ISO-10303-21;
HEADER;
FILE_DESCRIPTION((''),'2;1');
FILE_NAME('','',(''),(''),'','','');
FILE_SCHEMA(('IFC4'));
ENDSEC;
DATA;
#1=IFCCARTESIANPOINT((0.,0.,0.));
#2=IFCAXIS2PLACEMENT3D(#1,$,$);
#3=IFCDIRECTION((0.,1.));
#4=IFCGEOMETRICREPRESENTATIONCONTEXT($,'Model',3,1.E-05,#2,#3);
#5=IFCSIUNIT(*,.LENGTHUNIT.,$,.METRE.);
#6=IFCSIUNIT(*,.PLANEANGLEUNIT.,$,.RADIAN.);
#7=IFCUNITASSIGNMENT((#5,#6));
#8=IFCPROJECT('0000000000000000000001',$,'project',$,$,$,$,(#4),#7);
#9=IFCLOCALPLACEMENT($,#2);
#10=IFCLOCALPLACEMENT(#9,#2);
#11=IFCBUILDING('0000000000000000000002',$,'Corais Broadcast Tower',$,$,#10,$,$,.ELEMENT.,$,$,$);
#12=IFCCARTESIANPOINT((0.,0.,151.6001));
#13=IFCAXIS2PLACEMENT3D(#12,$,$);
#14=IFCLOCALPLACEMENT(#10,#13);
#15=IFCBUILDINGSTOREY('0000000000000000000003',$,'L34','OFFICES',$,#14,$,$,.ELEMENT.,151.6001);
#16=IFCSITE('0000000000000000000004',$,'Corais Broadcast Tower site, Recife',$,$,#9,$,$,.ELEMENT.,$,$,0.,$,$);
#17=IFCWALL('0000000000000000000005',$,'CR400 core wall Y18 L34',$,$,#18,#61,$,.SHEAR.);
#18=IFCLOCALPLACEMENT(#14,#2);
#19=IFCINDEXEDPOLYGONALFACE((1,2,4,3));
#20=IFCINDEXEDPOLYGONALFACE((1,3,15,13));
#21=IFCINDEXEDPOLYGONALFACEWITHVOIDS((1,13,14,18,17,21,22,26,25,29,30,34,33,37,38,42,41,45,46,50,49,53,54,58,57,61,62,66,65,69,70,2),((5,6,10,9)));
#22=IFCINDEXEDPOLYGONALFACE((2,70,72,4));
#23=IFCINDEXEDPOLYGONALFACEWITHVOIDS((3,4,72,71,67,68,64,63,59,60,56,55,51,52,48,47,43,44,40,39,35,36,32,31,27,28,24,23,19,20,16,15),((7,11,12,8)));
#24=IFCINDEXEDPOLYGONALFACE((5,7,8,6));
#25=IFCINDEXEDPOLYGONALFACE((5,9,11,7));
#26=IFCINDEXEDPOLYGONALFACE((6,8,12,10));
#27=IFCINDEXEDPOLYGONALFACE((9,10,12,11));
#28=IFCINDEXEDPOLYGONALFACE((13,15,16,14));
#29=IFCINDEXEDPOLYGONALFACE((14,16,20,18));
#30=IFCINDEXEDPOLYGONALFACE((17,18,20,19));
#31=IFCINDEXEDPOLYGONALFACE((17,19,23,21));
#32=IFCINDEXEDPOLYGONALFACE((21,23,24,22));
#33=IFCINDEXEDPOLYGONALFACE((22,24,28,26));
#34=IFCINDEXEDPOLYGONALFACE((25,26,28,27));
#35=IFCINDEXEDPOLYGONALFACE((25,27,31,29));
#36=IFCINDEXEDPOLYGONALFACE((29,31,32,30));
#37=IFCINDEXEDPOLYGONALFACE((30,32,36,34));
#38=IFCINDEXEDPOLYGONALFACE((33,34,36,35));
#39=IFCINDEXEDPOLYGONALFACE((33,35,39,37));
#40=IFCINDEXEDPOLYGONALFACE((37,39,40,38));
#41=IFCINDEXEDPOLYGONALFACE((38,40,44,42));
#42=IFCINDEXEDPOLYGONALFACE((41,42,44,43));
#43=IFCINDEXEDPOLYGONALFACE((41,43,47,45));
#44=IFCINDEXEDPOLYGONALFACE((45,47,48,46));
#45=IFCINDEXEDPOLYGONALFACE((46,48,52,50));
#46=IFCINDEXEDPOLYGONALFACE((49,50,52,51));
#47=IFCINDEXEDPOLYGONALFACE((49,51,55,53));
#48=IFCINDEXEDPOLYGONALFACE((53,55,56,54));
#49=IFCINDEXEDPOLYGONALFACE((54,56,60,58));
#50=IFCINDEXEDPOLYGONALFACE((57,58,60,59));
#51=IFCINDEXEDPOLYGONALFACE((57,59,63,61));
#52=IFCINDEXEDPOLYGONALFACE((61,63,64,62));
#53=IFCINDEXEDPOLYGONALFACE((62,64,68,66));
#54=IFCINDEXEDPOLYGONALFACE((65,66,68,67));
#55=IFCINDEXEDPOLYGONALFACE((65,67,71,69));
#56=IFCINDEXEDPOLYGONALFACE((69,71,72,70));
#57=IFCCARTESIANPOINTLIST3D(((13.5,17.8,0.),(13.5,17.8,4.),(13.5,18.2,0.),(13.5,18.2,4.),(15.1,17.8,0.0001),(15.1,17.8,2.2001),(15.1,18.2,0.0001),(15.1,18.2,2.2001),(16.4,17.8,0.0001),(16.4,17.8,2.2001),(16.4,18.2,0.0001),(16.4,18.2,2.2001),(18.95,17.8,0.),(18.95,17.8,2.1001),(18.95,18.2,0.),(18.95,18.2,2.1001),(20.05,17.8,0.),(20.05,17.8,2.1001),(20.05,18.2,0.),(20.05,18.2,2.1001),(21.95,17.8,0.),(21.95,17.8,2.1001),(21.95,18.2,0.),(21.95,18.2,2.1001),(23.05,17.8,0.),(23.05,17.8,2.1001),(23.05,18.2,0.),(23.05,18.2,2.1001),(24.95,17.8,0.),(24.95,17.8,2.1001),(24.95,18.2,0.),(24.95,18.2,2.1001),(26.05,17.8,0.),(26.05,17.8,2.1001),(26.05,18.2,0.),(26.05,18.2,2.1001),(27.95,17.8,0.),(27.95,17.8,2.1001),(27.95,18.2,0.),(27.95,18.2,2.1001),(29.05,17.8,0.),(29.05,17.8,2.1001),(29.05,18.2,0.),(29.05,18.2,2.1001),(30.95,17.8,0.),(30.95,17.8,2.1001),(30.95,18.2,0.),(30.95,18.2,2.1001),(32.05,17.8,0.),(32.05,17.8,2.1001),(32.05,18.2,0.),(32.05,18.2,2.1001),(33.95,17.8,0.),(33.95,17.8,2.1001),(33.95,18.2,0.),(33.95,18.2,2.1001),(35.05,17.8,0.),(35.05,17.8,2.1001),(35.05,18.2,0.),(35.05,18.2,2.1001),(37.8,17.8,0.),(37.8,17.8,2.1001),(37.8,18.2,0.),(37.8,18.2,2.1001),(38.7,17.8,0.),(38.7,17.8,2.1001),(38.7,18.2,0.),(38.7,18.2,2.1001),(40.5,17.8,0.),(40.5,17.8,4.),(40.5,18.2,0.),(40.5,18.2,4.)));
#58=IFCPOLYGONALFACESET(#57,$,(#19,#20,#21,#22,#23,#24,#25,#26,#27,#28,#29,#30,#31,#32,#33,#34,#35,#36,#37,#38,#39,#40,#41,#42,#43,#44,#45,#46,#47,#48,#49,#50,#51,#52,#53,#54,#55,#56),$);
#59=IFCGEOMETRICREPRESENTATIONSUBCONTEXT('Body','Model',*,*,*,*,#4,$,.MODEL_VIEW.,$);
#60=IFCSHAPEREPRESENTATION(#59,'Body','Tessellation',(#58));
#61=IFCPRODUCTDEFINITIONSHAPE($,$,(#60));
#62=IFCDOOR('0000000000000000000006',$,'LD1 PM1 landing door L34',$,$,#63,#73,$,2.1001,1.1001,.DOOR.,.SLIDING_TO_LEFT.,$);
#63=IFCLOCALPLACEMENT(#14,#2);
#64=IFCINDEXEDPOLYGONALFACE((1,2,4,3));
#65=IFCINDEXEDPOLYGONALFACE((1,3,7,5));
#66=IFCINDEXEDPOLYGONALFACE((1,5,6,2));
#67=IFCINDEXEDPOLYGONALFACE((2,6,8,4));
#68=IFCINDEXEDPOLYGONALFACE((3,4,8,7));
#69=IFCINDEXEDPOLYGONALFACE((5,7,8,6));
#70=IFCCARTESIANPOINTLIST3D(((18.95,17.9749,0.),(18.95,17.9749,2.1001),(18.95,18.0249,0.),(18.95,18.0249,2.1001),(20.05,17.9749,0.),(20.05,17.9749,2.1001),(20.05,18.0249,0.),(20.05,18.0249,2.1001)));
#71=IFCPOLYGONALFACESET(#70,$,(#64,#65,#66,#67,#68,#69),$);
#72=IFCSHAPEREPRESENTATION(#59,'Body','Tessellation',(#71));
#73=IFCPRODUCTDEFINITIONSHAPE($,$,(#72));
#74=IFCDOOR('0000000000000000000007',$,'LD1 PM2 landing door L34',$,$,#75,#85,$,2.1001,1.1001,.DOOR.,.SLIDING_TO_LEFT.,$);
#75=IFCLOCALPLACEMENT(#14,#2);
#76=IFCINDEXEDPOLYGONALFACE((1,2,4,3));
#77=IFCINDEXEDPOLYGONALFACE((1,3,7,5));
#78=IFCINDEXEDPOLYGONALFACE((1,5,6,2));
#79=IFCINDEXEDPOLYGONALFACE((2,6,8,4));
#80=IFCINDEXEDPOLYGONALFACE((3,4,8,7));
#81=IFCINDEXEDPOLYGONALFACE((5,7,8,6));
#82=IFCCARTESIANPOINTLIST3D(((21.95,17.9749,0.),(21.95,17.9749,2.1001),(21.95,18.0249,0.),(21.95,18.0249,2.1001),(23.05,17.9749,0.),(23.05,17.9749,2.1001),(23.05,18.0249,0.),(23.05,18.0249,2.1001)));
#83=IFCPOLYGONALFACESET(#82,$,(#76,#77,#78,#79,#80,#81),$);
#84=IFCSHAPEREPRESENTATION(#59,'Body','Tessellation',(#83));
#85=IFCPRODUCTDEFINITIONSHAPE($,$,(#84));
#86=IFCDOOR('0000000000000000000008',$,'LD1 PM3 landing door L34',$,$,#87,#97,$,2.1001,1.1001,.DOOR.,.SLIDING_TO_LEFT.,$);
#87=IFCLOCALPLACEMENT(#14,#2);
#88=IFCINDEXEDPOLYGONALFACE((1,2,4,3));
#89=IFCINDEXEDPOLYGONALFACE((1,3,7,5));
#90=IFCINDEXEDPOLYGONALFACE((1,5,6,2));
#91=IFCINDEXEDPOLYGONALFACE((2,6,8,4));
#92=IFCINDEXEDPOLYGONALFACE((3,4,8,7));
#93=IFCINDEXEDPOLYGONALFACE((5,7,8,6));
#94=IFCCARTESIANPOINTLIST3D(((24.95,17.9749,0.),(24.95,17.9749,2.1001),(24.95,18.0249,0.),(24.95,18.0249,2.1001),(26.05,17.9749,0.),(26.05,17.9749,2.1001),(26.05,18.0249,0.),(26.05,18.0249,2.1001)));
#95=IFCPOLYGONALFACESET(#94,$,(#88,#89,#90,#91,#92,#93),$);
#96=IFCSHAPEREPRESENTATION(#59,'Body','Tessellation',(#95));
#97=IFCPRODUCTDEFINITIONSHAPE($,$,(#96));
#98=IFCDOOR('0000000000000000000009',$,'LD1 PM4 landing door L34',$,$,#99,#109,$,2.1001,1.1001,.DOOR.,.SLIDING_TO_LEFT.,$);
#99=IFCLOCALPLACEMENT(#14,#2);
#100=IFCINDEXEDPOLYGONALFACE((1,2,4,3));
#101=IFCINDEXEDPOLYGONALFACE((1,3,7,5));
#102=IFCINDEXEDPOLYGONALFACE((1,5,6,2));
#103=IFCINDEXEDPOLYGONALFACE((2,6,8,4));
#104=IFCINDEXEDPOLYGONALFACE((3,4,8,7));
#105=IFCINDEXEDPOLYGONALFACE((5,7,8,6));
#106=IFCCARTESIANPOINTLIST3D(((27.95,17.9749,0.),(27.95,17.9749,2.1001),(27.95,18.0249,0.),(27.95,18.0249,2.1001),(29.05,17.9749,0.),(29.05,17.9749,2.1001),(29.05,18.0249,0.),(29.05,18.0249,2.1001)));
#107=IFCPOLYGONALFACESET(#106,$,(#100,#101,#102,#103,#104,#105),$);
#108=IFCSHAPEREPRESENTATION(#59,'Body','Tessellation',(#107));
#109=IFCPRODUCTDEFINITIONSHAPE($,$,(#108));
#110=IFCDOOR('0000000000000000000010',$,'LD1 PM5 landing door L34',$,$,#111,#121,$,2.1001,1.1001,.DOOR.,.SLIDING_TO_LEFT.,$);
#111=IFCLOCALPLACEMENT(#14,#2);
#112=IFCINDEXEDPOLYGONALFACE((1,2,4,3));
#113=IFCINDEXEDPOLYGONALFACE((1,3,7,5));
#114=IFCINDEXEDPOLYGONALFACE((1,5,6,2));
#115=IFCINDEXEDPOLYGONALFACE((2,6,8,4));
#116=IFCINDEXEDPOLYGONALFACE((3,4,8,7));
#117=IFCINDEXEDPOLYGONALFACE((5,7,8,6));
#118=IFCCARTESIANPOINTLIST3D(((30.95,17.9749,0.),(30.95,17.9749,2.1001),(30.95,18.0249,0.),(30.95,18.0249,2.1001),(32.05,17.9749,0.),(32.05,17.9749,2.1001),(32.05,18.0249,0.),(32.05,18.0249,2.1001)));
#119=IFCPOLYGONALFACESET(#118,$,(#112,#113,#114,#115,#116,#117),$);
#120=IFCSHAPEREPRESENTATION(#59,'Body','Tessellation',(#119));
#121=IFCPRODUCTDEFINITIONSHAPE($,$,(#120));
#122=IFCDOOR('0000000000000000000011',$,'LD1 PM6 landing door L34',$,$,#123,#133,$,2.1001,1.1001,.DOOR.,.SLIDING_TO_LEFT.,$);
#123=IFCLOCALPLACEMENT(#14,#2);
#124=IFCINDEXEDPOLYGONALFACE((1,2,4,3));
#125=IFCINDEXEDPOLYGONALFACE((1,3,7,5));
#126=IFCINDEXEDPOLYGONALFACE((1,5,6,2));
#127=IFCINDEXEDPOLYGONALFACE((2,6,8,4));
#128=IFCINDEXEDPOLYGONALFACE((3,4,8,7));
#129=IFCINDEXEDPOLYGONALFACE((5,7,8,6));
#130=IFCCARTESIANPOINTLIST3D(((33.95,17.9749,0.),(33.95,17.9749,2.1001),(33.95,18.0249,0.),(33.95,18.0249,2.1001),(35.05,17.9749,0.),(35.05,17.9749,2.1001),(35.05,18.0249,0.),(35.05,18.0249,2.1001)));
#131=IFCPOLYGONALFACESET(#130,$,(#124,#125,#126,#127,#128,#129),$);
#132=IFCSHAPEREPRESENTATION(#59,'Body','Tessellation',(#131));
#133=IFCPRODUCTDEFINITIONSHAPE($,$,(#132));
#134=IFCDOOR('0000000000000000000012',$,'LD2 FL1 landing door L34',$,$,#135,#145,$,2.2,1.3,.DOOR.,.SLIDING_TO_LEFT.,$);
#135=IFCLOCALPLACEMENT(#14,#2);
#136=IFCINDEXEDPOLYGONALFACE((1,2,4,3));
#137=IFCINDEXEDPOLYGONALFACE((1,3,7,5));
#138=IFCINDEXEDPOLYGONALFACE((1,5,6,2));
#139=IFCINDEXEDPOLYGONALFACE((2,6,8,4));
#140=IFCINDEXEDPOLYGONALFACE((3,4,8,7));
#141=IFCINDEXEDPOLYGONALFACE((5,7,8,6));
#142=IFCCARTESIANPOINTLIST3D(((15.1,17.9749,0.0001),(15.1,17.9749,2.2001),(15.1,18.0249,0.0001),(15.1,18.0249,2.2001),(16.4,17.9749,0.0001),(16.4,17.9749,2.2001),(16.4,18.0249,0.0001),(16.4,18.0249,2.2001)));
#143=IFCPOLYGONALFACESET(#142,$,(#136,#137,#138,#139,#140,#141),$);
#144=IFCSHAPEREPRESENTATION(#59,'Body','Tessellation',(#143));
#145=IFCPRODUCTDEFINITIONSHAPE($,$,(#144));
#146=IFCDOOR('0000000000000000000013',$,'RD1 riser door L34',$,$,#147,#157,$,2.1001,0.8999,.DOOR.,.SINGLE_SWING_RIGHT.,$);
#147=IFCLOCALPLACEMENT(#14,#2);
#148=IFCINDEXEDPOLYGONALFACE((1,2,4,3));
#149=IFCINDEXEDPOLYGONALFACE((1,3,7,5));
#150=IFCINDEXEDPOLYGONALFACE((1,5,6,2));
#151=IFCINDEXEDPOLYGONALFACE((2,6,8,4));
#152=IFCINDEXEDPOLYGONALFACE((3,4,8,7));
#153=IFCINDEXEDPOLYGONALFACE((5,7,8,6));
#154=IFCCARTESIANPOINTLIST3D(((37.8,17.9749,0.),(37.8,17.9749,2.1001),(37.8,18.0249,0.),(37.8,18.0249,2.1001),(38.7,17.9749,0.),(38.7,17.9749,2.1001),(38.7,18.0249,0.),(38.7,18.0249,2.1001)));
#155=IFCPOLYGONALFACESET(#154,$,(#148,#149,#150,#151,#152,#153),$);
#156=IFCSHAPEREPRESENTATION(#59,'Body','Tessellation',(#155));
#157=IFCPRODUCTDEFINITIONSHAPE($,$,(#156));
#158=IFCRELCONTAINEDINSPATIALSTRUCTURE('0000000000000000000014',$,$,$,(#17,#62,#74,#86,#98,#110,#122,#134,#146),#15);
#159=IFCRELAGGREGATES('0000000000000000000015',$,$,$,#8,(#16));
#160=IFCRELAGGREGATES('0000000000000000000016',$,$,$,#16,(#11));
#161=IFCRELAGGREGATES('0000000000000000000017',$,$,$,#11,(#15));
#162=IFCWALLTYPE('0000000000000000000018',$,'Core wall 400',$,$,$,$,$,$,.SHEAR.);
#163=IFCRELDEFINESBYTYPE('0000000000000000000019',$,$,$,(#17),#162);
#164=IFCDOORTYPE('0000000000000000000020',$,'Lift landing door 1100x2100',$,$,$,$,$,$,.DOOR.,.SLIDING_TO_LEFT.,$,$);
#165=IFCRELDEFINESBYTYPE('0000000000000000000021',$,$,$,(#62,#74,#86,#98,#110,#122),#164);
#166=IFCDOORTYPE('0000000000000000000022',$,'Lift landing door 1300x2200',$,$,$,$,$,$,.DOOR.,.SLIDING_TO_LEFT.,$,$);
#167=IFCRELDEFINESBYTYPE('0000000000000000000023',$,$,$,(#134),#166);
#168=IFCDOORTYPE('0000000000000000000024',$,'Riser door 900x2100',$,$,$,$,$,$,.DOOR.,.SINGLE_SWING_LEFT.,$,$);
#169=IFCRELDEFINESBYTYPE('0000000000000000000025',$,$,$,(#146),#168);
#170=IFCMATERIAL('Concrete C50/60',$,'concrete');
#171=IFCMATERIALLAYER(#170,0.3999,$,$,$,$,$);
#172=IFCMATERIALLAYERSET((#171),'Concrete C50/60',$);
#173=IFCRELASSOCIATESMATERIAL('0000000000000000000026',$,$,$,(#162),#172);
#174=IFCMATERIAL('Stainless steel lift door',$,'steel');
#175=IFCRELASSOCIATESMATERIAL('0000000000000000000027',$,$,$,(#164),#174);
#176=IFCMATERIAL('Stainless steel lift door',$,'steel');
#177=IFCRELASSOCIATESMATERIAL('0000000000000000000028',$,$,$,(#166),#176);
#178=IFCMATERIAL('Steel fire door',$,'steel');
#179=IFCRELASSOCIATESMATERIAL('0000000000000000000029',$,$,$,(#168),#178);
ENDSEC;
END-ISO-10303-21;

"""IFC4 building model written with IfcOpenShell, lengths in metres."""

from ifc_helpers import new_model, si_unit, direction, frame, frame_2d, origin, place, context, subcontext, project, spatial, rectangle, extrude, material, layer, layer_set, type_object, element, fill, save


model = new_model("IFC4")

# Units and contexts
model_context = context("Model", 3, precision=1e-05, world=origin(), true_north=direction((0.0, 1.0)))
body_context = subcontext(model_context, "Body", "Model", "MODEL_VIEW")
ifc_project = project(units=[si_unit("LENGTHUNIT", "METRE"), si_unit("PLANEANGLEUNIT", "RADIAN")], contexts=[model_context])

# Site, building, storey
site_placement = place(None, origin())
site = spatial("IfcSite", under=ifc_project, at=site_placement, Name="Corais Broadcast Tower site, Recife", CompositionType="ELEMENT", RefElevation=0.0)
building_placement = place(site_placement, origin())
building = spatial("IfcBuilding", under=site, at=building_placement, Name="Corais Broadcast Tower", CompositionType="ELEMENT")
storey_placement = place(building_placement, frame((0.0, 0.0, 151.6001)))
storey = spatial("IfcBuildingStorey", under=building, at=storey_placement, Name="L34", Description="OFFICES", CompositionType="ELEMENT", Elevation=151.6001)

# Wall, openings, doors
ifc_material_1 = material(Name="Concrete C50/60", Category="concrete")
ifc_layer_1 = layer(ifc_material_1, 0.3999)
ifc_layer_set_1 = layer_set([ifc_layer_1], Name="Concrete C50/60")
wall_type_1 = type_object("IfcWallType", Name="Core wall 400", PredefinedType="SHEAR", material=ifc_layer_set_1)
wall_1_placement = place(storey_placement, frame((13.5, 18.0, 0.0), z_axis=(0.0, 0.0, 1.0), x_axis=(1.0, 0.0, 0.0)))
wall_1 = element("IfcWall", 1, at=wall_1_placement, inside=storey, type_object=wall_type_1, Name="CR400 core wall Y18 L34", PredefinedType="SHEAR", context=body_context, shape_type="SweptSolid", body=[
    extrude(rectangle(XDim=27.0, YDim=0.3999, at=frame_2d((13.5, 0.0))), origin(), (0.0, 0.0, 1.0), 4.0),
])
opening_1_placement = place(wall_1_placement, frame((24.3, 0.0, 0.0)))
opening_1 = element("IfcOpeningElement", 2, at=opening_1_placement, cuts=wall_1, PredefinedType="OPENING", context=body_context, shape_type="SweptSolid", body=[
    extrude(rectangle(XDim=0.8999, YDim=2.1001, at=frame_2d((0.45, 1.05))), frame((0.0, 0.21, 0.0), z_axis=(0.0, -1.0, 0.0), x_axis=(1.0, 0.0, 0.0)), (0.0, 0.0, 1.0), 0.4199),
])
opening_2_placement = place(wall_1_placement, frame((5.45, 0.0, 0.0)))
opening_2 = element("IfcOpeningElement", 3, at=opening_2_placement, cuts=wall_1, PredefinedType="OPENING", context=body_context, shape_type="SweptSolid", body=[
    extrude(rectangle(XDim=1.1001, YDim=2.1001, at=frame_2d((0.55, 1.05))), frame((0.0, 0.21, 0.0), z_axis=(0.0, -1.0, 0.0), x_axis=(1.0, 0.0, 0.0)), (0.0, 0.0, 1.0), 0.4199),
])
opening_3_placement = place(wall_1_placement, frame((8.45, 0.0, 0.0)))
opening_3 = element("IfcOpeningElement", 4, at=opening_3_placement, cuts=wall_1, PredefinedType="OPENING", context=body_context, shape_type="SweptSolid", body=[
    extrude(rectangle(XDim=1.1001, YDim=2.1001, at=frame_2d((0.55, 1.05))), frame((0.0, 0.21, 0.0), z_axis=(0.0, -1.0, 0.0), x_axis=(1.0, 0.0, 0.0)), (0.0, 0.0, 1.0), 0.4199),
])
opening_4_placement = place(wall_1_placement, frame((11.45, 0.0, 0.0)))
opening_4 = element("IfcOpeningElement", 5, at=opening_4_placement, cuts=wall_1, PredefinedType="OPENING", context=body_context, shape_type="SweptSolid", body=[
    extrude(rectangle(XDim=1.1001, YDim=2.1001, at=frame_2d((0.55, 1.05))), frame((0.0, 0.21, 0.0), z_axis=(0.0, -1.0, 0.0), x_axis=(1.0, 0.0, 0.0)), (0.0, 0.0, 1.0), 0.4199),
])
opening_5_placement = place(wall_1_placement, frame((14.45, 0.0, 0.0)))
opening_5 = element("IfcOpeningElement", 6, at=opening_5_placement, cuts=wall_1, PredefinedType="OPENING", context=body_context, shape_type="SweptSolid", body=[
    extrude(rectangle(XDim=1.1001, YDim=2.1001, at=frame_2d((0.55, 1.05))), frame((0.0, 0.21, 0.0), z_axis=(0.0, -1.0, 0.0), x_axis=(1.0, 0.0, 0.0)), (0.0, 0.0, 1.0), 0.4199),
])
opening_6_placement = place(wall_1_placement, frame((17.45, 0.0, 0.0)))
opening_6 = element("IfcOpeningElement", 7, at=opening_6_placement, cuts=wall_1, PredefinedType="OPENING", context=body_context, shape_type="SweptSolid", body=[
    extrude(rectangle(XDim=1.1001, YDim=2.1001, at=frame_2d((0.55, 1.05))), frame((0.0, 0.21, 0.0), z_axis=(0.0, -1.0, 0.0), x_axis=(1.0, 0.0, 0.0)), (0.0, 0.0, 1.0), 0.4199),
])
opening_7_placement = place(wall_1_placement, frame((20.45, 0.0, 0.0)))
opening_7 = element("IfcOpeningElement", 8, at=opening_7_placement, cuts=wall_1, PredefinedType="OPENING", context=body_context, shape_type="SweptSolid", body=[
    extrude(rectangle(XDim=1.1001, YDim=2.1001, at=frame_2d((0.55, 1.05))), frame((0.0, 0.21, 0.0), z_axis=(0.0, -1.0, 0.0), x_axis=(1.0, 0.0, 0.0)), (0.0, 0.0, 1.0), 0.4199),
])
opening_8_placement = place(wall_1_placement, frame((1.6001, 0.0, 0.0)))
opening_8 = element("IfcOpeningElement", 9, at=opening_8_placement, cuts=wall_1, PredefinedType="OPENING", context=body_context, shape_type="SweptSolid", body=[
    extrude(rectangle(XDim=1.3, YDim=2.2, at=frame_2d((0.6499, 1.1001))), frame((0.0, 0.21, 0.0), z_axis=(0.0, -1.0, 0.0), x_axis=(1.0, 0.0, 0.0)), (0.0, 0.0, 1.0), 0.4199),
])
ifc_material_2 = material(Name="Stainless steel lift door", Category="steel")
door_type_1 = type_object("IfcDoorType", Name="Lift landing door 1100x2100", OperationType="SLIDING_TO_LEFT", PredefinedType="DOOR", material=ifc_material_2)
door_1_placement = place(opening_2_placement, origin())
door_1 = element("IfcDoor", 10, at=door_1_placement, inside=storey, type_object=door_type_1, Name="LD1 PM1 landing door L34", OperationType="SLIDING_TO_LEFT", OverallHeight=2.1001, OverallWidth=1.1001, PredefinedType="DOOR", context=body_context, shape_type="SweptSolid", body=[
    extrude(rectangle(XDim=1.1001, YDim=2.1001, at=frame_2d((0.55, 1.05))), frame((0.0, 0.0249, 0.0), z_axis=(0.0, -1.0, 0.0), x_axis=(1.0, 0.0, 0.0)), (0.0, 0.0, 1.0), 0.05),
])
fill(opening_2, door_1)
door_2_placement = place(opening_3_placement, origin())
door_2 = element("IfcDoor", 11, at=door_2_placement, inside=storey, type_object=door_type_1, Name="LD1 PM2 landing door L34", OperationType="SLIDING_TO_LEFT", OverallHeight=2.1001, OverallWidth=1.1001, PredefinedType="DOOR", context=body_context, shape_type="SweptSolid", body=[
    extrude(rectangle(XDim=1.1001, YDim=2.1001, at=frame_2d((0.55, 1.05))), frame((0.0, 0.0249, 0.0), z_axis=(0.0, -1.0, 0.0), x_axis=(1.0, 0.0, 0.0)), (0.0, 0.0, 1.0), 0.05),
])
fill(opening_3, door_2)
door_3_placement = place(opening_4_placement, origin())
door_3 = element("IfcDoor", 12, at=door_3_placement, inside=storey, type_object=door_type_1, Name="LD1 PM3 landing door L34", OperationType="SLIDING_TO_LEFT", OverallHeight=2.1001, OverallWidth=1.1001, PredefinedType="DOOR", context=body_context, shape_type="SweptSolid", body=[
    extrude(rectangle(XDim=1.1001, YDim=2.1001, at=frame_2d((0.55, 1.05))), frame((0.0, 0.0249, 0.0), z_axis=(0.0, -1.0, 0.0), x_axis=(1.0, 0.0, 0.0)), (0.0, 0.0, 1.0), 0.05),
])
fill(opening_4, door_3)
door_4_placement = place(opening_5_placement, origin())
door_4 = element("IfcDoor", 13, at=door_4_placement, inside=storey, type_object=door_type_1, Name="LD1 PM4 landing door L34", OperationType="SLIDING_TO_LEFT", OverallHeight=2.1001, OverallWidth=1.1001, PredefinedType="DOOR", context=body_context, shape_type="SweptSolid", body=[
    extrude(rectangle(XDim=1.1001, YDim=2.1001, at=frame_2d((0.55, 1.05))), frame((0.0, 0.0249, 0.0), z_axis=(0.0, -1.0, 0.0), x_axis=(1.0, 0.0, 0.0)), (0.0, 0.0, 1.0), 0.05),
])
fill(opening_5, door_4)
door_5_placement = place(opening_6_placement, origin())
door_5 = element("IfcDoor", 14, at=door_5_placement, inside=storey, type_object=door_type_1, Name="LD1 PM5 landing door L34", OperationType="SLIDING_TO_LEFT", OverallHeight=2.1001, OverallWidth=1.1001, PredefinedType="DOOR", context=body_context, shape_type="SweptSolid", body=[
    extrude(rectangle(XDim=1.1001, YDim=2.1001, at=frame_2d((0.55, 1.05))), frame((0.0, 0.0249, 0.0), z_axis=(0.0, -1.0, 0.0), x_axis=(1.0, 0.0, 0.0)), (0.0, 0.0, 1.0), 0.05),
])
fill(opening_6, door_5)
door_6_placement = place(opening_7_placement, origin())
door_6 = element("IfcDoor", 15, at=door_6_placement, inside=storey, type_object=door_type_1, Name="LD1 PM6 landing door L34", OperationType="SLIDING_TO_LEFT", OverallHeight=2.1001, OverallWidth=1.1001, PredefinedType="DOOR", context=body_context, shape_type="SweptSolid", body=[
    extrude(rectangle(XDim=1.1001, YDim=2.1001, at=frame_2d((0.55, 1.05))), frame((0.0, 0.0249, 0.0), z_axis=(0.0, -1.0, 0.0), x_axis=(1.0, 0.0, 0.0)), (0.0, 0.0, 1.0), 0.05),
])
fill(opening_7, door_6)
ifc_material_3 = material(Name="Stainless steel lift door", Category="steel")
door_type_2 = type_object("IfcDoorType", Name="Lift landing door 1300x2200", OperationType="SLIDING_TO_LEFT", PredefinedType="DOOR", material=ifc_material_3)
door_7_placement = place(opening_8_placement, origin())
door_7 = element("IfcDoor", 16, at=door_7_placement, inside=storey, type_object=door_type_2, Name="LD2 FL1 landing door L34", OperationType="SLIDING_TO_LEFT", OverallHeight=2.2, OverallWidth=1.3, PredefinedType="DOOR", context=body_context, shape_type="SweptSolid", body=[
    extrude(rectangle(XDim=1.3, YDim=2.2, at=frame_2d((0.6499, 1.1001))), frame((0.0, 0.0249, 0.0), z_axis=(0.0, -1.0, 0.0), x_axis=(1.0, 0.0, 0.0)), (0.0, 0.0, 1.0), 0.05),
])
fill(opening_8, door_7)
ifc_material_4 = material(Name="Steel fire door", Category="steel")
door_type_3 = type_object("IfcDoorType", Name="Riser door 900x2100", OperationType="SINGLE_SWING_LEFT", PredefinedType="DOOR", material=ifc_material_4)
door_8_placement = place(opening_1_placement, origin())
door_8 = element("IfcDoor", 17, at=door_8_placement, inside=storey, type_object=door_type_3, Name="RD1 riser door L34", OperationType="SINGLE_SWING_RIGHT", OverallHeight=2.1001, OverallWidth=0.8999, PredefinedType="DOOR", context=body_context, shape_type="SweptSolid", body=[
    extrude(rectangle(XDim=0.8999, YDim=2.1001, at=frame_2d((0.45, 1.05))), frame((0.0, 0.0249, 0.0), z_axis=(0.0, -1.0, 0.0), x_axis=(1.0, 0.0, 0.0)), (0.0, 0.0, 1.0), 0.05),
])
fill(opening_1, door_8)

save(model, "model.ifc")
